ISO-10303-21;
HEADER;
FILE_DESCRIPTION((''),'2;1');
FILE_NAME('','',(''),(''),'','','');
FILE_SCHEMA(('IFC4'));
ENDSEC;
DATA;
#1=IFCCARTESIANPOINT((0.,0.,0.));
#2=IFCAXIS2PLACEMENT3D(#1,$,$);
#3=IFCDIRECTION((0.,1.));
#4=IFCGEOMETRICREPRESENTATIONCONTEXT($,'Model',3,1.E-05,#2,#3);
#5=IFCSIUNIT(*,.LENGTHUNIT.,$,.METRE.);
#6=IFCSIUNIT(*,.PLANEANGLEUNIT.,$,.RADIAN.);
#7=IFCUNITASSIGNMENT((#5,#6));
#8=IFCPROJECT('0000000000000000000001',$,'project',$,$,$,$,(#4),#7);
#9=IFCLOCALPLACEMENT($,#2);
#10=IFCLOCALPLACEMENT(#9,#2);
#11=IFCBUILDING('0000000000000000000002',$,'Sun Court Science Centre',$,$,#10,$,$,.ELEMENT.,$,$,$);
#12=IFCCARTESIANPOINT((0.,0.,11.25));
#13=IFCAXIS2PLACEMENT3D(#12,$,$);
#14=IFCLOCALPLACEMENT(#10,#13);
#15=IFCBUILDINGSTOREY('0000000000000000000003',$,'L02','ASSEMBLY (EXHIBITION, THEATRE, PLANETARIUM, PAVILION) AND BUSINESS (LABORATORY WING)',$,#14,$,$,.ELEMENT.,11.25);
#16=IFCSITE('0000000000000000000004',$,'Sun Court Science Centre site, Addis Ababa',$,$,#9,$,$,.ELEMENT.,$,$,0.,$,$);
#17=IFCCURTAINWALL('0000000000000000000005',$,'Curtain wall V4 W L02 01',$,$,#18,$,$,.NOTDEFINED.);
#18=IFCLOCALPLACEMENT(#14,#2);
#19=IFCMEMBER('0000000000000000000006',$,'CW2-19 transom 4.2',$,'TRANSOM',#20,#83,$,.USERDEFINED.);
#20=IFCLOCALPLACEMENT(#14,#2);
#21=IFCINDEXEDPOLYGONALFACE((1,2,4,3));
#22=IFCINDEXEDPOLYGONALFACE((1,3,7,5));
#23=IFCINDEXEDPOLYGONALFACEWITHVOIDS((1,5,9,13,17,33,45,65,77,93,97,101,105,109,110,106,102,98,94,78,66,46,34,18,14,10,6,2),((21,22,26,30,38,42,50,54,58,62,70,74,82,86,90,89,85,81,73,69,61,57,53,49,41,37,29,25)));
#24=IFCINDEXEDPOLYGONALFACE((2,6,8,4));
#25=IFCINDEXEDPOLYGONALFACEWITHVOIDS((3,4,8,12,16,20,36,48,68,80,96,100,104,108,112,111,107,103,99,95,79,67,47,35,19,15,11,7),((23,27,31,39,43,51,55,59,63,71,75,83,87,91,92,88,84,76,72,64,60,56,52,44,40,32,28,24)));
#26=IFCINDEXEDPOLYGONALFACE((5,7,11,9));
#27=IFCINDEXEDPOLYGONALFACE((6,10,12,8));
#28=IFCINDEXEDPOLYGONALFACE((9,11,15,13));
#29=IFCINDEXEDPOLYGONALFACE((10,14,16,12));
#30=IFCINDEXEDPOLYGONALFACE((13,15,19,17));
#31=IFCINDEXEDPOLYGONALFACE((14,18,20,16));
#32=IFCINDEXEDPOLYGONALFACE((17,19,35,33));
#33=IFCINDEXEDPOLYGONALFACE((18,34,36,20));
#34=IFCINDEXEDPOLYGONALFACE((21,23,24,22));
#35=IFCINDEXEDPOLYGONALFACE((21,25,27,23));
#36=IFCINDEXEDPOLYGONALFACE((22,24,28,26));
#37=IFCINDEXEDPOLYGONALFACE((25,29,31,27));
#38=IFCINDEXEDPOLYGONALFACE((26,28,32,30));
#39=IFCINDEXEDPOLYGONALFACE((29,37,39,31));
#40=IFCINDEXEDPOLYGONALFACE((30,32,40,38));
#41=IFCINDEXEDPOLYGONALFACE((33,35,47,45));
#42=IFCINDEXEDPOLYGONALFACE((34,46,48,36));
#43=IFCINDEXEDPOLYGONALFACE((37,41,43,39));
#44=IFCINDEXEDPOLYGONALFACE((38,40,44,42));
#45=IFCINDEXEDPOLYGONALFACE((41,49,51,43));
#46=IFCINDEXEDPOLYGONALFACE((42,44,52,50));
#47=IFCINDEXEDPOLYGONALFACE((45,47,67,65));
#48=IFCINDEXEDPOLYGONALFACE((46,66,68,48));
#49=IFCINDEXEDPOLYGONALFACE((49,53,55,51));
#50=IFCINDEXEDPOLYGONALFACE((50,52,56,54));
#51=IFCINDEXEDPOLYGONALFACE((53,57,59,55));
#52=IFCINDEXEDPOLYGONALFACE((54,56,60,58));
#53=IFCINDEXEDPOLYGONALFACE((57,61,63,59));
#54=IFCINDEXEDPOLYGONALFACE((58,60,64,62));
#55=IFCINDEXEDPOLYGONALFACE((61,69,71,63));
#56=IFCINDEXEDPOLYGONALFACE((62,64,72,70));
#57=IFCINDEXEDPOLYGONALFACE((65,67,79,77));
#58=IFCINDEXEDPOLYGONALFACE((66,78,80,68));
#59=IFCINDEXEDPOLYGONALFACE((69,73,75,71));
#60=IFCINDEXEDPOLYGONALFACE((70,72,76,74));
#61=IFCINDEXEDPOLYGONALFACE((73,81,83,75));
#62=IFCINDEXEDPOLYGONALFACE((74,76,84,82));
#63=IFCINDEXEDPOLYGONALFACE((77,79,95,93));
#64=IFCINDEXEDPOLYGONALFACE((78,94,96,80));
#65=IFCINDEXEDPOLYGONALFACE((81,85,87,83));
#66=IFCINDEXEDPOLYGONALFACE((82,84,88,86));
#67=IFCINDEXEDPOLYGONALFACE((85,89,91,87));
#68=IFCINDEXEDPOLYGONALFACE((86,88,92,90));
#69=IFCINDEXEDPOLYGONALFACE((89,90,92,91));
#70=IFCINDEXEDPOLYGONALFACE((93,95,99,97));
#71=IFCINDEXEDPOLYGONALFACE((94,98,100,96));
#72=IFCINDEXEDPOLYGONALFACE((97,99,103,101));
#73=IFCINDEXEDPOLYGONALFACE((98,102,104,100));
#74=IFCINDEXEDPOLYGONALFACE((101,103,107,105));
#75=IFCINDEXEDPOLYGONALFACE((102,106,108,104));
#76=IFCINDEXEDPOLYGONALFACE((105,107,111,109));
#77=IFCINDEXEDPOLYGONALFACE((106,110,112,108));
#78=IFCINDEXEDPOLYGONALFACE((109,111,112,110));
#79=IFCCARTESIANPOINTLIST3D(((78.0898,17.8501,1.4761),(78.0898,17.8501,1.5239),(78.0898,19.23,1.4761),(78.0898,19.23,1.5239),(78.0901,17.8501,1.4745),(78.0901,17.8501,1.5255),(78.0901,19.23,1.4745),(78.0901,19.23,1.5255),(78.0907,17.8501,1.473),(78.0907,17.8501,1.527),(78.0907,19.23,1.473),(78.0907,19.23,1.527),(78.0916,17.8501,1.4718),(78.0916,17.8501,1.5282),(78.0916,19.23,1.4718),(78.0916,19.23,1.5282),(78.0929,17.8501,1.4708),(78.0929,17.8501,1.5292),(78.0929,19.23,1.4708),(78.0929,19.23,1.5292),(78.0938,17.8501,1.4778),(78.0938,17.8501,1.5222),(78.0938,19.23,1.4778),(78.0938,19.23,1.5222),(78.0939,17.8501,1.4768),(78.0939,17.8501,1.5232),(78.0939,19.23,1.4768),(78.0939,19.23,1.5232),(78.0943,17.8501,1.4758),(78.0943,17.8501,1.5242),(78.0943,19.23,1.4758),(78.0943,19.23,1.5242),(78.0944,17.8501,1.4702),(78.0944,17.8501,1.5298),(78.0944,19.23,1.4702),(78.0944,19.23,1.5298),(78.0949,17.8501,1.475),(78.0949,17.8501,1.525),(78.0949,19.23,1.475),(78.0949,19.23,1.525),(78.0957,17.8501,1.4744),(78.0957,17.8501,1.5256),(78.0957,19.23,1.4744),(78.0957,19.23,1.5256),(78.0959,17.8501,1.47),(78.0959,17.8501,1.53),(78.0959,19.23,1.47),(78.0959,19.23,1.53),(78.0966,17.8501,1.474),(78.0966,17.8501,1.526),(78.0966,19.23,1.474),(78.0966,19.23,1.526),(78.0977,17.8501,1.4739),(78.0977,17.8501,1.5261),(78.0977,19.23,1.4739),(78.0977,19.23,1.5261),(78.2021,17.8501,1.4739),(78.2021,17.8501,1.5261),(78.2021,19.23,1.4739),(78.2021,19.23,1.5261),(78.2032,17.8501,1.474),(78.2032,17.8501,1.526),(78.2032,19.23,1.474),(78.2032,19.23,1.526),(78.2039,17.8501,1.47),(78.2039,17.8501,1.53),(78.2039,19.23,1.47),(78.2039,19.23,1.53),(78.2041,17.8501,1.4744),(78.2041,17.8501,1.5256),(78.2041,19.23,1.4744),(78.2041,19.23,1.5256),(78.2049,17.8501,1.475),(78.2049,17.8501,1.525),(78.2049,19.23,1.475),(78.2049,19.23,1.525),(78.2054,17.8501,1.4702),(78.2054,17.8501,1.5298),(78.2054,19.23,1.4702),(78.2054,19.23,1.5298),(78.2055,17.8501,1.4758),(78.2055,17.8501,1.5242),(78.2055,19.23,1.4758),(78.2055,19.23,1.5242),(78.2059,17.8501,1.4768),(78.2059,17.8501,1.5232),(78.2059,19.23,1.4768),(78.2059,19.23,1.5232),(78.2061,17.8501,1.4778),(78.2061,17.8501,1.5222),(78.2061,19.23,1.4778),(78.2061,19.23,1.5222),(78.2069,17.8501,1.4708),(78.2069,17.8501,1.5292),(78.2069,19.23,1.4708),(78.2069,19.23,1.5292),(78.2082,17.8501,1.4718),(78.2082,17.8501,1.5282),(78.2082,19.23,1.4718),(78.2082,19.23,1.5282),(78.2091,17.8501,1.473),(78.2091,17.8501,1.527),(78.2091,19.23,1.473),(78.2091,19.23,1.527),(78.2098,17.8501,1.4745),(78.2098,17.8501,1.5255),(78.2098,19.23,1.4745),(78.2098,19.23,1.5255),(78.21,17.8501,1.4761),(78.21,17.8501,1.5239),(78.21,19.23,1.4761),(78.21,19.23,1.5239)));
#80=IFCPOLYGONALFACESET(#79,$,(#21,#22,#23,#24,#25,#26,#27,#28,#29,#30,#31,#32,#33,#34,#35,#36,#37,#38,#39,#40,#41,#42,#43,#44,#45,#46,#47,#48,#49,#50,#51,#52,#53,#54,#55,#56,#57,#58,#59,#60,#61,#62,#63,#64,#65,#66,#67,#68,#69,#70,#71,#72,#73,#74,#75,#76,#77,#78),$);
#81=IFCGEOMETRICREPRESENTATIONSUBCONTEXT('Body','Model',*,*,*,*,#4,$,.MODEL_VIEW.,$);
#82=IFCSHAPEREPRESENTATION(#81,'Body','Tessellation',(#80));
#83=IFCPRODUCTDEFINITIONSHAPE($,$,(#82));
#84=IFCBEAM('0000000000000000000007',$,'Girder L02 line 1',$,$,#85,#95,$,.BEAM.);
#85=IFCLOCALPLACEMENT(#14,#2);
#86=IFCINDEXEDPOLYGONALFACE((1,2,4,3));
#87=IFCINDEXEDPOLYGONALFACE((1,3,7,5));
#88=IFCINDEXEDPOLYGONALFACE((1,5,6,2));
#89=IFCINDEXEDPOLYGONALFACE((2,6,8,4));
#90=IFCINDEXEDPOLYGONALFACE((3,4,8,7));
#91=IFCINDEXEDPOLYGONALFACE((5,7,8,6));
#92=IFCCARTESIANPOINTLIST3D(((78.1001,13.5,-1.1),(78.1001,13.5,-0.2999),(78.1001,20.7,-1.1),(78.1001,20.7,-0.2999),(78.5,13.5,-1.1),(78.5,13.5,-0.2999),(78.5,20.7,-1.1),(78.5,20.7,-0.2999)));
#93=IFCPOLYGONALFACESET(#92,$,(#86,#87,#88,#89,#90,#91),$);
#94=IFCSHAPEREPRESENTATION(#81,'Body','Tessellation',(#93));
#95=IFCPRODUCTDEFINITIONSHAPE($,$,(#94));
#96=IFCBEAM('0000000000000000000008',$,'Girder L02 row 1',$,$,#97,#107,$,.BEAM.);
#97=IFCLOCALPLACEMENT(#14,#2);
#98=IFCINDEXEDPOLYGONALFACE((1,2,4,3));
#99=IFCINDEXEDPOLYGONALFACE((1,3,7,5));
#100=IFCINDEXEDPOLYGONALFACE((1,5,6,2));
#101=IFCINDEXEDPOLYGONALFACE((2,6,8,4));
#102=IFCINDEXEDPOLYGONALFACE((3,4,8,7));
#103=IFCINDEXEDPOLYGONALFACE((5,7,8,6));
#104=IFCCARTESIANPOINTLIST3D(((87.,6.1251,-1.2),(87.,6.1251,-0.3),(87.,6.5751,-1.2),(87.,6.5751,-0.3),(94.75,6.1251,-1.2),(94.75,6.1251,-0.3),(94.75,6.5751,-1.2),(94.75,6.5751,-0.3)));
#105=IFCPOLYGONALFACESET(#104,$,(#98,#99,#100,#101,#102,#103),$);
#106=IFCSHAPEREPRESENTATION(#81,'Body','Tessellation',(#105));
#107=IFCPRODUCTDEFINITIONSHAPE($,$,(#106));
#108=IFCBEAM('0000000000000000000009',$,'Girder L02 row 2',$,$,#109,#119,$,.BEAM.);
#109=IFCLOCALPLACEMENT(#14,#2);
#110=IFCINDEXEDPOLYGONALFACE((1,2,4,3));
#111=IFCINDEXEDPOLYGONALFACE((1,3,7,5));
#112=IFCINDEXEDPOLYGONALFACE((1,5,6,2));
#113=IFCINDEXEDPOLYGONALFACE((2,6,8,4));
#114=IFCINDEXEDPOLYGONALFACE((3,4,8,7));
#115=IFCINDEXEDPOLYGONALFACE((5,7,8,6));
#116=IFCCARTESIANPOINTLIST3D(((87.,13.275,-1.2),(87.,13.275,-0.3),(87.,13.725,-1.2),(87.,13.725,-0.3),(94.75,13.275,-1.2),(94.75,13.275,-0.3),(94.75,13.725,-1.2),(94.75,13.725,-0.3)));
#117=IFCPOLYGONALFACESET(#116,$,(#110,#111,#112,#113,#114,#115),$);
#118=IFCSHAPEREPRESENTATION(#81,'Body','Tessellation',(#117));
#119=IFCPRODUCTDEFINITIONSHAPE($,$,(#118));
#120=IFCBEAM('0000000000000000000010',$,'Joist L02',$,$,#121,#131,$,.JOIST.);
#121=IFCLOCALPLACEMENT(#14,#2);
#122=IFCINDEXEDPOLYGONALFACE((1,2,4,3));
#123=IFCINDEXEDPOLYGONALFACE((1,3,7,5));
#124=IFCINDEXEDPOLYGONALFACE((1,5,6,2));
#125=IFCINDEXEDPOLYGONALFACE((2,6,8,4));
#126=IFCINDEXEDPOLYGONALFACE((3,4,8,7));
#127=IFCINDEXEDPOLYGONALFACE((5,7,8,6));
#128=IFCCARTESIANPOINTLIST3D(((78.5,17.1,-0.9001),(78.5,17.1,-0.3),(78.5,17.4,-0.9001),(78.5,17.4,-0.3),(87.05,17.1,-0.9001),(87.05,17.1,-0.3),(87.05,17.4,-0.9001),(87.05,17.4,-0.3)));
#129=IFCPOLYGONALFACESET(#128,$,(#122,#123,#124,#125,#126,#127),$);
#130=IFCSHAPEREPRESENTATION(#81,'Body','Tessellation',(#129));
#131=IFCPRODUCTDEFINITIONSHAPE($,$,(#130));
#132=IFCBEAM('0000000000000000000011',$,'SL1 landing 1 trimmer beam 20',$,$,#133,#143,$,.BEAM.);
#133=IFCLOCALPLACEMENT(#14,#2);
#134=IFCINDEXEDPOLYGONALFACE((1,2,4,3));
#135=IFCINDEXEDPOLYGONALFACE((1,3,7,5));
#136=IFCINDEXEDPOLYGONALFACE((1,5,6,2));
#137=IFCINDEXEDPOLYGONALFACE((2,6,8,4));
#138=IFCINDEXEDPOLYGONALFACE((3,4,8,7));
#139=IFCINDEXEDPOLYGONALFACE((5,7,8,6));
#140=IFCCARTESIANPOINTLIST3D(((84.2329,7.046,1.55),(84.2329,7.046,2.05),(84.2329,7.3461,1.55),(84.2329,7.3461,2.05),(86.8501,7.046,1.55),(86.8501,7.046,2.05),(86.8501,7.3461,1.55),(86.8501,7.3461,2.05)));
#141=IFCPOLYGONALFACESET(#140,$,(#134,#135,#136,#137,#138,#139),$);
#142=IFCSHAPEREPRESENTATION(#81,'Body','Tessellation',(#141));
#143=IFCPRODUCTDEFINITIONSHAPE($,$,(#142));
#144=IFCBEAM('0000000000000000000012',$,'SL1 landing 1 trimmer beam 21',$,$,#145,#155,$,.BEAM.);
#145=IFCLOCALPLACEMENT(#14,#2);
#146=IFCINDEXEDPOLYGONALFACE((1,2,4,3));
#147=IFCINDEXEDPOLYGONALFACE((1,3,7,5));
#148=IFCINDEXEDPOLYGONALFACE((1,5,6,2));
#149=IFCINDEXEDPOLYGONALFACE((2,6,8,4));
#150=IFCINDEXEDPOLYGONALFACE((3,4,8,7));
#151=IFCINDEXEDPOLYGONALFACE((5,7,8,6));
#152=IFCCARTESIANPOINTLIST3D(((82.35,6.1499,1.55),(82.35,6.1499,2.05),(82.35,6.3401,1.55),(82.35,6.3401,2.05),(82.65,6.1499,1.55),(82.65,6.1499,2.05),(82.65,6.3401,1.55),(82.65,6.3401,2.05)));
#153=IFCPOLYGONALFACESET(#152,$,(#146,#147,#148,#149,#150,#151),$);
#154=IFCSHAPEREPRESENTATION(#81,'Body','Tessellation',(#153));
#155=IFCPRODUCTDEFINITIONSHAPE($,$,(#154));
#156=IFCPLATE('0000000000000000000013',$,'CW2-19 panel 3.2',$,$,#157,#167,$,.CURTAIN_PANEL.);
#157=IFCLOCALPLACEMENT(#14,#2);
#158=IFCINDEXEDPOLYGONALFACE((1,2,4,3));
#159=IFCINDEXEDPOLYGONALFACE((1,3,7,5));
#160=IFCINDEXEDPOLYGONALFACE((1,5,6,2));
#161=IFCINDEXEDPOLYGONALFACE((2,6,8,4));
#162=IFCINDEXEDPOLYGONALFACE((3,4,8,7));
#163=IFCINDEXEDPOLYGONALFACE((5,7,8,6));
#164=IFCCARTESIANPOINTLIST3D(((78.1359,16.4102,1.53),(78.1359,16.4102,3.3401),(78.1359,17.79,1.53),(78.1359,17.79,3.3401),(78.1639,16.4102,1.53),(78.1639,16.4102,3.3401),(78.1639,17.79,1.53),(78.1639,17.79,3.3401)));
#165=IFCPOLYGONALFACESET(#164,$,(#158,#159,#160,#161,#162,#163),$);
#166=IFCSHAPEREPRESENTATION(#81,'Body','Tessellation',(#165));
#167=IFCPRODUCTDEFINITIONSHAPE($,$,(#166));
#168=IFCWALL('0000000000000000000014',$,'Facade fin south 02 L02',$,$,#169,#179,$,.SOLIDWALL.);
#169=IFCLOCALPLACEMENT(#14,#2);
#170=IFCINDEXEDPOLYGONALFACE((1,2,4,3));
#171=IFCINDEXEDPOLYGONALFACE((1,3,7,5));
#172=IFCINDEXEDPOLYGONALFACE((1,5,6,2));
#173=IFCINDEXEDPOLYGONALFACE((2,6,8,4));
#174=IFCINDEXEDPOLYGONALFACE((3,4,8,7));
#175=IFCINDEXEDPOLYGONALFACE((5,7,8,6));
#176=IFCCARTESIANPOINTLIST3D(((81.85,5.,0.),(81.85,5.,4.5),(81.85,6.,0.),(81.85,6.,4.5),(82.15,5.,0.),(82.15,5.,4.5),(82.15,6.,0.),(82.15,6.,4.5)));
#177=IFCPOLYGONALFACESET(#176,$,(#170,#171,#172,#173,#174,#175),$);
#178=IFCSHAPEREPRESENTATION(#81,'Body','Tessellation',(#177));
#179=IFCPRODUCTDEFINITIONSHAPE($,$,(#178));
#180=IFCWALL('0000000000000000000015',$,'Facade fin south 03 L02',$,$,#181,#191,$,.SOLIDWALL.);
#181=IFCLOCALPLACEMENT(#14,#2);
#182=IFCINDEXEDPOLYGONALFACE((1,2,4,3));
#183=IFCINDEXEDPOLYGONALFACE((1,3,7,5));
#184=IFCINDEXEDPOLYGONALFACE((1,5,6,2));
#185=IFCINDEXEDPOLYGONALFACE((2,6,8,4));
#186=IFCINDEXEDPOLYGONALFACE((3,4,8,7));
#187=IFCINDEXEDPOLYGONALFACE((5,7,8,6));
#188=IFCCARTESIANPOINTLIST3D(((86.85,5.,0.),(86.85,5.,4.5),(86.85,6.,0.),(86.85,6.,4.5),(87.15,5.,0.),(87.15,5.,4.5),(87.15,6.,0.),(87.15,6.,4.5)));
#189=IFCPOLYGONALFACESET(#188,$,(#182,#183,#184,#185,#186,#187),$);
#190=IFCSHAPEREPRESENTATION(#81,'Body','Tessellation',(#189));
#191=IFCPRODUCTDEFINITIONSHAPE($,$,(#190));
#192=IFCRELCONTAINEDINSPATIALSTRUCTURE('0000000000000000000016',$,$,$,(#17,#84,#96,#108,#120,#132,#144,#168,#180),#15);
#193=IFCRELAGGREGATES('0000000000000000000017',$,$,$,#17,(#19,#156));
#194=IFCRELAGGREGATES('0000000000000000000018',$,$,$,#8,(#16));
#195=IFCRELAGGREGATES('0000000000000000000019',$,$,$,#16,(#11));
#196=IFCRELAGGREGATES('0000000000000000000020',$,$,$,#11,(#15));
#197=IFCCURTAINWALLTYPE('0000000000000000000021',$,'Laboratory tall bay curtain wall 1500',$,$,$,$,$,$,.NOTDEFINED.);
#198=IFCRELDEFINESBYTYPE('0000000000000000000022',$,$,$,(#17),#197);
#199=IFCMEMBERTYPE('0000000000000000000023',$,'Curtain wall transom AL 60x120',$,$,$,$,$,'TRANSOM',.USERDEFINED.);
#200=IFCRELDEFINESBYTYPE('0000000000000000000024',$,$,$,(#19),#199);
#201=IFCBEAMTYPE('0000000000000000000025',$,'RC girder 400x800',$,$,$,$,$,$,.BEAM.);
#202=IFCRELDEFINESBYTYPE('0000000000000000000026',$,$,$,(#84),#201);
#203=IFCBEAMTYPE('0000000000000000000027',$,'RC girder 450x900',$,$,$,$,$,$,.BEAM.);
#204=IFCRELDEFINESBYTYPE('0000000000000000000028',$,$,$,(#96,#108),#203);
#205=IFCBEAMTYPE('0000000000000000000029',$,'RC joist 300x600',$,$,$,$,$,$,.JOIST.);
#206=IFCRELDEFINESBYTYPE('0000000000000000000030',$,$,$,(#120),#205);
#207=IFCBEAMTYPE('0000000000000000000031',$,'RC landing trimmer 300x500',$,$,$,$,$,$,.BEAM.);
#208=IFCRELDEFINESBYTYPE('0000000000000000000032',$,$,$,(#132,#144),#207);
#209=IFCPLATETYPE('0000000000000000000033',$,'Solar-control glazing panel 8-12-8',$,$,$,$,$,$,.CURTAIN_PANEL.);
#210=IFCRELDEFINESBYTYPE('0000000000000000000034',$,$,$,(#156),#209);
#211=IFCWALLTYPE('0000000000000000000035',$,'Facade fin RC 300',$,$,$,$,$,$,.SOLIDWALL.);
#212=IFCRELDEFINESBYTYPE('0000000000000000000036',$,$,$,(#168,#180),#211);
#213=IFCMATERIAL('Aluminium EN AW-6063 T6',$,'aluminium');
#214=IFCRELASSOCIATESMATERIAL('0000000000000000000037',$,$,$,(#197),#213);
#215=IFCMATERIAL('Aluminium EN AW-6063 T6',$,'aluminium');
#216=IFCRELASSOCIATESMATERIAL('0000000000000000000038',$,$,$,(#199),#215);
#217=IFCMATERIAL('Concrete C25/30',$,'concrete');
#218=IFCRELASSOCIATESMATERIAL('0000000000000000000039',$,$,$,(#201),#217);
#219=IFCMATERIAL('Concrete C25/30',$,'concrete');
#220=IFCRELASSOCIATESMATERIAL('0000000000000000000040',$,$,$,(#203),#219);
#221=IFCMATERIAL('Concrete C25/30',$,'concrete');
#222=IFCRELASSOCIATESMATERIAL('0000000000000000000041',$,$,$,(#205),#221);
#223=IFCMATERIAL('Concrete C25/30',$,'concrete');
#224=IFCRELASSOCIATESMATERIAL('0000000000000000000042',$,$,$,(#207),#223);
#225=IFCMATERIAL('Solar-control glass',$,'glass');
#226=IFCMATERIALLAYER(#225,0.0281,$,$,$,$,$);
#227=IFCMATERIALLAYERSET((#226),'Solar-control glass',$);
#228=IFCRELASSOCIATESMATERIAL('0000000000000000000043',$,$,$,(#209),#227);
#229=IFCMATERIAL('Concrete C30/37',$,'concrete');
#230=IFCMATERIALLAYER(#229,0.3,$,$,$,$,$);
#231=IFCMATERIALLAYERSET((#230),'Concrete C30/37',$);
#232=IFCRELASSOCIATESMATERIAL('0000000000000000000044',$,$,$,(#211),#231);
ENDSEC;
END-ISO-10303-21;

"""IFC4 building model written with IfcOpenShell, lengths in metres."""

from ifc_helpers import new_model, si_unit, direction, frame, frame_2d, origin, origin_2d, place, context, subcontext, project, spatial, rectangle, hollow_rectangle, extrude, material, layer, layer_set, material_profile, profile_set, type_object, element, aggregate, save


model = new_model("IFC4")

# Units and contexts
model_context = context("Model", 3, precision=1e-05, world=origin(), true_north=direction((0.0, 1.0)))
body_context = subcontext(model_context, "Body", "Model", "MODEL_VIEW")
ifc_project = project(units=[si_unit("LENGTHUNIT", "METRE"), si_unit("PLANEANGLEUNIT", "RADIAN")], contexts=[model_context])

# Site, building, storey
site_placement = place(None, origin())
site = spatial("IfcSite", under=ifc_project, at=site_placement, Name="Sun Court Science Centre site, Addis Ababa", CompositionType="ELEMENT", RefElevation=0.0)
building_placement = place(site_placement, origin())
building = spatial("IfcBuilding", under=site, at=building_placement, Name="Sun Court Science Centre", CompositionType="ELEMENT")
storey_placement = place(building_placement, frame((0.0, 0.0, 11.25)))
storey = spatial("IfcBuildingStorey", under=building, at=storey_placement, Name="L02", Description="ASSEMBLY (EXHIBITION, THEATRE, PLANETARIUM, PAVILION) AND BUSINESS (LABORATORY WING)", CompositionType="ELEMENT", Elevation=11.25)

# Curtain wall, member
ifc_material_1 = material(Name="Aluminium EN AW-6063 T6", Category="aluminium")
curtain_wall_type = type_object("IfcCurtainWallType", Name="Laboratory tall bay curtain wall 1500", PredefinedType="NOTDEFINED", material=ifc_material_1)
curtain_wall_placement = place(storey_placement, origin())
curtain_wall = element("IfcCurtainWall", 1, at=curtain_wall_placement, inside=storey, type_object=curtain_wall_type, Name="Curtain wall V4 W L02 01", PredefinedType="NOTDEFINED")
ifc_material_2 = material(Name="Aluminium EN AW-6063 T6", Category="aluminium")
ifc_material_profile_1 = material_profile(ifc_material_2, hollow_rectangle(XDim=0.0601, YDim=0.1201, WallThickness=0.0039, InnerFilletRadius=0.0039, OuterFilletRadius=0.0061, at=origin_2d()), Name="AL 60x120x4")
ifc_profile_set_1 = profile_set([ifc_material_profile_1], Name="Aluminium EN AW-6063 T6")
member_type_1 = type_object("IfcMemberType", Name="Curtain wall transom AL 60x120", ElementType="TRANSOM", PredefinedType="USERDEFINED", material=ifc_profile_set_1)
member_1_placement = place(storey_placement, frame((78.1499, 17.8501, 1.5), z_axis=(0.0, 1.0, 0.0), x_axis=(0.0, 0.0, 1.0)))
member_1 = element("IfcMember", 2, at=member_1_placement, type_object=member_type_1, Name="CW2-19 transom 4.2", ObjectType="TRANSOM", PredefinedType="USERDEFINED", context=body_context, shape_type="SweptSolid", body=[
    extrude(hollow_rectangle(XDim=0.0601, YDim=0.1201, WallThickness=0.0039, InnerFilletRadius=0.0039, OuterFilletRadius=0.0061, at=origin_2d()), origin(), (0.0, 0.0, 1.0), 1.3799),
])

# Beams
ifc_material_3 = material(Name="Concrete C25/30", Category="concrete")
ifc_material_profile_2 = material_profile(ifc_material_3, rectangle(XDim=0.3999, YDim=0.8, at=origin_2d()), Name="RC 400x800")
ifc_profile_set_2 = profile_set([ifc_material_profile_2], Name="Concrete C25/30")
beam_type_1 = type_object("IfcBeamType", Name="RC girder 400x800", PredefinedType="BEAM", material=ifc_profile_set_2)
beam_1_placement = place(storey_placement, frame((78.3, 13.5, -0.7), z_axis=(0.0, 1.0, 0.0), x_axis=(-1.0, 0.0, 0.0)))
element("IfcBeam", 3, at=beam_1_placement, inside=storey, type_object=beam_type_1, Name="Girder L02 line 1", PredefinedType="BEAM", context=body_context, shape_type="SweptSolid", body=[
    extrude(rectangle(XDim=0.3999, YDim=0.8, at=origin_2d()), origin(), (0.0, 0.0, 1.0), 7.2),
])
ifc_material_4 = material(Name="Concrete C25/30", Category="concrete")
ifc_material_profile_3 = material_profile(ifc_material_4, rectangle(XDim=0.45, YDim=0.8999, at=origin_2d()), Name="RC 450x900")
ifc_profile_set_3 = profile_set([ifc_material_profile_3], Name="Concrete C25/30")
beam_type_2 = type_object("IfcBeamType", Name="RC girder 450x900", PredefinedType="BEAM", material=ifc_profile_set_3)
for number, where, z_axis, x_axis, name in (
    (4, (87.0, 6.3501, -0.75), (1.0, 0.0, 0.0), (0.0, 1.0, 0.0), "Girder L02 row 1"),
    (5, (87.0, 13.5, -0.75), (1.0, 0.0, 0.0), (0.0, 1.0, 0.0), "Girder L02 row 2"),
):
    element("IfcBeam", number, at=place(storey_placement, frame(where, z_axis=z_axis, x_axis=x_axis)), inside=storey, type_object=beam_type_2, Name=name, PredefinedType="BEAM", context=body_context, shape_type="SweptSolid", body=[
        extrude(rectangle(XDim=0.45, YDim=0.8999, at=origin_2d()), origin(), (0.0, 0.0, 1.0), 7.75),
    ])
ifc_material_5 = material(Name="Concrete C25/30", Category="concrete")
ifc_material_profile_4 = material_profile(ifc_material_5, rectangle(XDim=0.3, YDim=0.6001, at=origin_2d()), Name="RC 300x600")
ifc_profile_set_4 = profile_set([ifc_material_profile_4], Name="Concrete C25/30")
beam_type_3 = type_object("IfcBeamType", Name="RC joist 300x600", PredefinedType="JOIST", material=ifc_profile_set_4)
beam_2_placement = place(storey_placement, frame((78.5, 17.25, -0.6001), z_axis=(1.0, 0.0, 0.0), x_axis=(0.0, 1.0, 0.0)))
element("IfcBeam", 6, at=beam_2_placement, inside=storey, type_object=beam_type_3, Name="Joist L02", PredefinedType="JOIST", context=body_context, shape_type="SweptSolid", body=[
    extrude(rectangle(XDim=0.3, YDim=0.6001, at=origin_2d()), origin(), (0.0, 0.0, 1.0), 8.55),
])
ifc_material_6 = material(Name="Concrete C25/30", Category="concrete")
ifc_material_profile_5 = material_profile(ifc_material_6, rectangle(XDim=0.3, YDim=0.5, at=origin_2d()), Name="RC 300x500")
ifc_profile_set_5 = profile_set([ifc_material_profile_5], Name="Concrete C25/30")
beam_type_4 = type_object("IfcBeamType", Name="RC landing trimmer 300x500", PredefinedType="BEAM", material=ifc_profile_set_5)
beam_3_placement = place(storey_placement, frame((86.8501, 7.196, 1.8), z_axis=(-1.0, 0.0, 0.0), x_axis=(0.0, -1.0, 0.0)))
element("IfcBeam", 7, at=beam_3_placement, inside=storey, type_object=beam_type_4, Name="SL1 landing 1 trimmer beam 20", PredefinedType="BEAM", context=body_context, shape_type="SweptSolid", body=[
    extrude(rectangle(XDim=0.3, YDim=0.5, at=origin_2d()), origin(), (0.0, 0.0, 1.0), 2.6172),
])
beam_4_placement = place(storey_placement, frame((82.5, 6.1499, 1.8), z_axis=(0.0, 1.0, 0.0), x_axis=(-1.0, 0.0, 0.0)))
element("IfcBeam", 8, at=beam_4_placement, inside=storey, type_object=beam_type_4, Name="SL1 landing 1 trimmer beam 21", PredefinedType="BEAM", context=body_context, shape_type="SweptSolid", body=[
    extrude(rectangle(XDim=0.3, YDim=0.5, at=origin_2d()), origin(), (0.0, 0.0, 1.0), 0.1902),
])

# Plate
ifc_material_7 = material(Name="Solar-control glass", Category="glass")
ifc_layer_1 = layer(ifc_material_7, 0.0281)
ifc_layer_set_1 = layer_set([ifc_layer_1], Name="Solar-control glass")
plate_type = type_object("IfcPlateType", Name="Solar-control glazing panel 8-12-8", PredefinedType="CURTAIN_PANEL", material=ifc_layer_set_1)
plate_placement = place(storey_placement, frame((78.1499, 17.1001, 1.53), z_axis=(0.0, 0.0, 1.0), x_axis=(0.0, 1.0, 0.0)))
plate = element("IfcPlate", 9, at=plate_placement, type_object=plate_type, Name="CW2-19 panel 3.2", PredefinedType="CURTAIN_PANEL", context=body_context, shape_type="SweptSolid", body=[
    extrude(rectangle(XDim=1.3799, YDim=0.0281, at=origin_2d()), origin(), (0.0, 0.0, 1.0), 1.8101),
])
aggregate(curtain_wall, [member_1, plate])

# Walls
ifc_material_8 = material(Name="Concrete C30/37", Category="concrete")
ifc_layer_2 = layer(ifc_material_8, 0.3)
ifc_layer_set_2 = layer_set([ifc_layer_2], Name="Concrete C30/37")
wall_type_1 = type_object("IfcWallType", Name="Facade fin RC 300", PredefinedType="SOLIDWALL", material=ifc_layer_set_2)
for number, where, z_axis, x_axis, name in (
    (10, (82.0, 6.0, 0.0), (0.0, 0.0, 1.0), (0.0, -1.0, 0.0), "Facade fin south 02 L02"),
    (11, (87.0, 6.0, 0.0), (0.0, 0.0, 1.0), (0.0, -1.0, 0.0), "Facade fin south 03 L02"),
):
    element("IfcWall", number, at=place(storey_placement, frame(where, z_axis=z_axis, x_axis=x_axis)), inside=storey, type_object=wall_type_1, Name=name, PredefinedType="SOLIDWALL", context=body_context, shape_type="SweptSolid", body=[
        extrude(rectangle(XDim=1.0, YDim=0.3, at=frame_2d((0.5, 0.0))), origin(), (0.0, 0.0, 1.0), 4.5),
    ])

save(model, "model.ifc")
